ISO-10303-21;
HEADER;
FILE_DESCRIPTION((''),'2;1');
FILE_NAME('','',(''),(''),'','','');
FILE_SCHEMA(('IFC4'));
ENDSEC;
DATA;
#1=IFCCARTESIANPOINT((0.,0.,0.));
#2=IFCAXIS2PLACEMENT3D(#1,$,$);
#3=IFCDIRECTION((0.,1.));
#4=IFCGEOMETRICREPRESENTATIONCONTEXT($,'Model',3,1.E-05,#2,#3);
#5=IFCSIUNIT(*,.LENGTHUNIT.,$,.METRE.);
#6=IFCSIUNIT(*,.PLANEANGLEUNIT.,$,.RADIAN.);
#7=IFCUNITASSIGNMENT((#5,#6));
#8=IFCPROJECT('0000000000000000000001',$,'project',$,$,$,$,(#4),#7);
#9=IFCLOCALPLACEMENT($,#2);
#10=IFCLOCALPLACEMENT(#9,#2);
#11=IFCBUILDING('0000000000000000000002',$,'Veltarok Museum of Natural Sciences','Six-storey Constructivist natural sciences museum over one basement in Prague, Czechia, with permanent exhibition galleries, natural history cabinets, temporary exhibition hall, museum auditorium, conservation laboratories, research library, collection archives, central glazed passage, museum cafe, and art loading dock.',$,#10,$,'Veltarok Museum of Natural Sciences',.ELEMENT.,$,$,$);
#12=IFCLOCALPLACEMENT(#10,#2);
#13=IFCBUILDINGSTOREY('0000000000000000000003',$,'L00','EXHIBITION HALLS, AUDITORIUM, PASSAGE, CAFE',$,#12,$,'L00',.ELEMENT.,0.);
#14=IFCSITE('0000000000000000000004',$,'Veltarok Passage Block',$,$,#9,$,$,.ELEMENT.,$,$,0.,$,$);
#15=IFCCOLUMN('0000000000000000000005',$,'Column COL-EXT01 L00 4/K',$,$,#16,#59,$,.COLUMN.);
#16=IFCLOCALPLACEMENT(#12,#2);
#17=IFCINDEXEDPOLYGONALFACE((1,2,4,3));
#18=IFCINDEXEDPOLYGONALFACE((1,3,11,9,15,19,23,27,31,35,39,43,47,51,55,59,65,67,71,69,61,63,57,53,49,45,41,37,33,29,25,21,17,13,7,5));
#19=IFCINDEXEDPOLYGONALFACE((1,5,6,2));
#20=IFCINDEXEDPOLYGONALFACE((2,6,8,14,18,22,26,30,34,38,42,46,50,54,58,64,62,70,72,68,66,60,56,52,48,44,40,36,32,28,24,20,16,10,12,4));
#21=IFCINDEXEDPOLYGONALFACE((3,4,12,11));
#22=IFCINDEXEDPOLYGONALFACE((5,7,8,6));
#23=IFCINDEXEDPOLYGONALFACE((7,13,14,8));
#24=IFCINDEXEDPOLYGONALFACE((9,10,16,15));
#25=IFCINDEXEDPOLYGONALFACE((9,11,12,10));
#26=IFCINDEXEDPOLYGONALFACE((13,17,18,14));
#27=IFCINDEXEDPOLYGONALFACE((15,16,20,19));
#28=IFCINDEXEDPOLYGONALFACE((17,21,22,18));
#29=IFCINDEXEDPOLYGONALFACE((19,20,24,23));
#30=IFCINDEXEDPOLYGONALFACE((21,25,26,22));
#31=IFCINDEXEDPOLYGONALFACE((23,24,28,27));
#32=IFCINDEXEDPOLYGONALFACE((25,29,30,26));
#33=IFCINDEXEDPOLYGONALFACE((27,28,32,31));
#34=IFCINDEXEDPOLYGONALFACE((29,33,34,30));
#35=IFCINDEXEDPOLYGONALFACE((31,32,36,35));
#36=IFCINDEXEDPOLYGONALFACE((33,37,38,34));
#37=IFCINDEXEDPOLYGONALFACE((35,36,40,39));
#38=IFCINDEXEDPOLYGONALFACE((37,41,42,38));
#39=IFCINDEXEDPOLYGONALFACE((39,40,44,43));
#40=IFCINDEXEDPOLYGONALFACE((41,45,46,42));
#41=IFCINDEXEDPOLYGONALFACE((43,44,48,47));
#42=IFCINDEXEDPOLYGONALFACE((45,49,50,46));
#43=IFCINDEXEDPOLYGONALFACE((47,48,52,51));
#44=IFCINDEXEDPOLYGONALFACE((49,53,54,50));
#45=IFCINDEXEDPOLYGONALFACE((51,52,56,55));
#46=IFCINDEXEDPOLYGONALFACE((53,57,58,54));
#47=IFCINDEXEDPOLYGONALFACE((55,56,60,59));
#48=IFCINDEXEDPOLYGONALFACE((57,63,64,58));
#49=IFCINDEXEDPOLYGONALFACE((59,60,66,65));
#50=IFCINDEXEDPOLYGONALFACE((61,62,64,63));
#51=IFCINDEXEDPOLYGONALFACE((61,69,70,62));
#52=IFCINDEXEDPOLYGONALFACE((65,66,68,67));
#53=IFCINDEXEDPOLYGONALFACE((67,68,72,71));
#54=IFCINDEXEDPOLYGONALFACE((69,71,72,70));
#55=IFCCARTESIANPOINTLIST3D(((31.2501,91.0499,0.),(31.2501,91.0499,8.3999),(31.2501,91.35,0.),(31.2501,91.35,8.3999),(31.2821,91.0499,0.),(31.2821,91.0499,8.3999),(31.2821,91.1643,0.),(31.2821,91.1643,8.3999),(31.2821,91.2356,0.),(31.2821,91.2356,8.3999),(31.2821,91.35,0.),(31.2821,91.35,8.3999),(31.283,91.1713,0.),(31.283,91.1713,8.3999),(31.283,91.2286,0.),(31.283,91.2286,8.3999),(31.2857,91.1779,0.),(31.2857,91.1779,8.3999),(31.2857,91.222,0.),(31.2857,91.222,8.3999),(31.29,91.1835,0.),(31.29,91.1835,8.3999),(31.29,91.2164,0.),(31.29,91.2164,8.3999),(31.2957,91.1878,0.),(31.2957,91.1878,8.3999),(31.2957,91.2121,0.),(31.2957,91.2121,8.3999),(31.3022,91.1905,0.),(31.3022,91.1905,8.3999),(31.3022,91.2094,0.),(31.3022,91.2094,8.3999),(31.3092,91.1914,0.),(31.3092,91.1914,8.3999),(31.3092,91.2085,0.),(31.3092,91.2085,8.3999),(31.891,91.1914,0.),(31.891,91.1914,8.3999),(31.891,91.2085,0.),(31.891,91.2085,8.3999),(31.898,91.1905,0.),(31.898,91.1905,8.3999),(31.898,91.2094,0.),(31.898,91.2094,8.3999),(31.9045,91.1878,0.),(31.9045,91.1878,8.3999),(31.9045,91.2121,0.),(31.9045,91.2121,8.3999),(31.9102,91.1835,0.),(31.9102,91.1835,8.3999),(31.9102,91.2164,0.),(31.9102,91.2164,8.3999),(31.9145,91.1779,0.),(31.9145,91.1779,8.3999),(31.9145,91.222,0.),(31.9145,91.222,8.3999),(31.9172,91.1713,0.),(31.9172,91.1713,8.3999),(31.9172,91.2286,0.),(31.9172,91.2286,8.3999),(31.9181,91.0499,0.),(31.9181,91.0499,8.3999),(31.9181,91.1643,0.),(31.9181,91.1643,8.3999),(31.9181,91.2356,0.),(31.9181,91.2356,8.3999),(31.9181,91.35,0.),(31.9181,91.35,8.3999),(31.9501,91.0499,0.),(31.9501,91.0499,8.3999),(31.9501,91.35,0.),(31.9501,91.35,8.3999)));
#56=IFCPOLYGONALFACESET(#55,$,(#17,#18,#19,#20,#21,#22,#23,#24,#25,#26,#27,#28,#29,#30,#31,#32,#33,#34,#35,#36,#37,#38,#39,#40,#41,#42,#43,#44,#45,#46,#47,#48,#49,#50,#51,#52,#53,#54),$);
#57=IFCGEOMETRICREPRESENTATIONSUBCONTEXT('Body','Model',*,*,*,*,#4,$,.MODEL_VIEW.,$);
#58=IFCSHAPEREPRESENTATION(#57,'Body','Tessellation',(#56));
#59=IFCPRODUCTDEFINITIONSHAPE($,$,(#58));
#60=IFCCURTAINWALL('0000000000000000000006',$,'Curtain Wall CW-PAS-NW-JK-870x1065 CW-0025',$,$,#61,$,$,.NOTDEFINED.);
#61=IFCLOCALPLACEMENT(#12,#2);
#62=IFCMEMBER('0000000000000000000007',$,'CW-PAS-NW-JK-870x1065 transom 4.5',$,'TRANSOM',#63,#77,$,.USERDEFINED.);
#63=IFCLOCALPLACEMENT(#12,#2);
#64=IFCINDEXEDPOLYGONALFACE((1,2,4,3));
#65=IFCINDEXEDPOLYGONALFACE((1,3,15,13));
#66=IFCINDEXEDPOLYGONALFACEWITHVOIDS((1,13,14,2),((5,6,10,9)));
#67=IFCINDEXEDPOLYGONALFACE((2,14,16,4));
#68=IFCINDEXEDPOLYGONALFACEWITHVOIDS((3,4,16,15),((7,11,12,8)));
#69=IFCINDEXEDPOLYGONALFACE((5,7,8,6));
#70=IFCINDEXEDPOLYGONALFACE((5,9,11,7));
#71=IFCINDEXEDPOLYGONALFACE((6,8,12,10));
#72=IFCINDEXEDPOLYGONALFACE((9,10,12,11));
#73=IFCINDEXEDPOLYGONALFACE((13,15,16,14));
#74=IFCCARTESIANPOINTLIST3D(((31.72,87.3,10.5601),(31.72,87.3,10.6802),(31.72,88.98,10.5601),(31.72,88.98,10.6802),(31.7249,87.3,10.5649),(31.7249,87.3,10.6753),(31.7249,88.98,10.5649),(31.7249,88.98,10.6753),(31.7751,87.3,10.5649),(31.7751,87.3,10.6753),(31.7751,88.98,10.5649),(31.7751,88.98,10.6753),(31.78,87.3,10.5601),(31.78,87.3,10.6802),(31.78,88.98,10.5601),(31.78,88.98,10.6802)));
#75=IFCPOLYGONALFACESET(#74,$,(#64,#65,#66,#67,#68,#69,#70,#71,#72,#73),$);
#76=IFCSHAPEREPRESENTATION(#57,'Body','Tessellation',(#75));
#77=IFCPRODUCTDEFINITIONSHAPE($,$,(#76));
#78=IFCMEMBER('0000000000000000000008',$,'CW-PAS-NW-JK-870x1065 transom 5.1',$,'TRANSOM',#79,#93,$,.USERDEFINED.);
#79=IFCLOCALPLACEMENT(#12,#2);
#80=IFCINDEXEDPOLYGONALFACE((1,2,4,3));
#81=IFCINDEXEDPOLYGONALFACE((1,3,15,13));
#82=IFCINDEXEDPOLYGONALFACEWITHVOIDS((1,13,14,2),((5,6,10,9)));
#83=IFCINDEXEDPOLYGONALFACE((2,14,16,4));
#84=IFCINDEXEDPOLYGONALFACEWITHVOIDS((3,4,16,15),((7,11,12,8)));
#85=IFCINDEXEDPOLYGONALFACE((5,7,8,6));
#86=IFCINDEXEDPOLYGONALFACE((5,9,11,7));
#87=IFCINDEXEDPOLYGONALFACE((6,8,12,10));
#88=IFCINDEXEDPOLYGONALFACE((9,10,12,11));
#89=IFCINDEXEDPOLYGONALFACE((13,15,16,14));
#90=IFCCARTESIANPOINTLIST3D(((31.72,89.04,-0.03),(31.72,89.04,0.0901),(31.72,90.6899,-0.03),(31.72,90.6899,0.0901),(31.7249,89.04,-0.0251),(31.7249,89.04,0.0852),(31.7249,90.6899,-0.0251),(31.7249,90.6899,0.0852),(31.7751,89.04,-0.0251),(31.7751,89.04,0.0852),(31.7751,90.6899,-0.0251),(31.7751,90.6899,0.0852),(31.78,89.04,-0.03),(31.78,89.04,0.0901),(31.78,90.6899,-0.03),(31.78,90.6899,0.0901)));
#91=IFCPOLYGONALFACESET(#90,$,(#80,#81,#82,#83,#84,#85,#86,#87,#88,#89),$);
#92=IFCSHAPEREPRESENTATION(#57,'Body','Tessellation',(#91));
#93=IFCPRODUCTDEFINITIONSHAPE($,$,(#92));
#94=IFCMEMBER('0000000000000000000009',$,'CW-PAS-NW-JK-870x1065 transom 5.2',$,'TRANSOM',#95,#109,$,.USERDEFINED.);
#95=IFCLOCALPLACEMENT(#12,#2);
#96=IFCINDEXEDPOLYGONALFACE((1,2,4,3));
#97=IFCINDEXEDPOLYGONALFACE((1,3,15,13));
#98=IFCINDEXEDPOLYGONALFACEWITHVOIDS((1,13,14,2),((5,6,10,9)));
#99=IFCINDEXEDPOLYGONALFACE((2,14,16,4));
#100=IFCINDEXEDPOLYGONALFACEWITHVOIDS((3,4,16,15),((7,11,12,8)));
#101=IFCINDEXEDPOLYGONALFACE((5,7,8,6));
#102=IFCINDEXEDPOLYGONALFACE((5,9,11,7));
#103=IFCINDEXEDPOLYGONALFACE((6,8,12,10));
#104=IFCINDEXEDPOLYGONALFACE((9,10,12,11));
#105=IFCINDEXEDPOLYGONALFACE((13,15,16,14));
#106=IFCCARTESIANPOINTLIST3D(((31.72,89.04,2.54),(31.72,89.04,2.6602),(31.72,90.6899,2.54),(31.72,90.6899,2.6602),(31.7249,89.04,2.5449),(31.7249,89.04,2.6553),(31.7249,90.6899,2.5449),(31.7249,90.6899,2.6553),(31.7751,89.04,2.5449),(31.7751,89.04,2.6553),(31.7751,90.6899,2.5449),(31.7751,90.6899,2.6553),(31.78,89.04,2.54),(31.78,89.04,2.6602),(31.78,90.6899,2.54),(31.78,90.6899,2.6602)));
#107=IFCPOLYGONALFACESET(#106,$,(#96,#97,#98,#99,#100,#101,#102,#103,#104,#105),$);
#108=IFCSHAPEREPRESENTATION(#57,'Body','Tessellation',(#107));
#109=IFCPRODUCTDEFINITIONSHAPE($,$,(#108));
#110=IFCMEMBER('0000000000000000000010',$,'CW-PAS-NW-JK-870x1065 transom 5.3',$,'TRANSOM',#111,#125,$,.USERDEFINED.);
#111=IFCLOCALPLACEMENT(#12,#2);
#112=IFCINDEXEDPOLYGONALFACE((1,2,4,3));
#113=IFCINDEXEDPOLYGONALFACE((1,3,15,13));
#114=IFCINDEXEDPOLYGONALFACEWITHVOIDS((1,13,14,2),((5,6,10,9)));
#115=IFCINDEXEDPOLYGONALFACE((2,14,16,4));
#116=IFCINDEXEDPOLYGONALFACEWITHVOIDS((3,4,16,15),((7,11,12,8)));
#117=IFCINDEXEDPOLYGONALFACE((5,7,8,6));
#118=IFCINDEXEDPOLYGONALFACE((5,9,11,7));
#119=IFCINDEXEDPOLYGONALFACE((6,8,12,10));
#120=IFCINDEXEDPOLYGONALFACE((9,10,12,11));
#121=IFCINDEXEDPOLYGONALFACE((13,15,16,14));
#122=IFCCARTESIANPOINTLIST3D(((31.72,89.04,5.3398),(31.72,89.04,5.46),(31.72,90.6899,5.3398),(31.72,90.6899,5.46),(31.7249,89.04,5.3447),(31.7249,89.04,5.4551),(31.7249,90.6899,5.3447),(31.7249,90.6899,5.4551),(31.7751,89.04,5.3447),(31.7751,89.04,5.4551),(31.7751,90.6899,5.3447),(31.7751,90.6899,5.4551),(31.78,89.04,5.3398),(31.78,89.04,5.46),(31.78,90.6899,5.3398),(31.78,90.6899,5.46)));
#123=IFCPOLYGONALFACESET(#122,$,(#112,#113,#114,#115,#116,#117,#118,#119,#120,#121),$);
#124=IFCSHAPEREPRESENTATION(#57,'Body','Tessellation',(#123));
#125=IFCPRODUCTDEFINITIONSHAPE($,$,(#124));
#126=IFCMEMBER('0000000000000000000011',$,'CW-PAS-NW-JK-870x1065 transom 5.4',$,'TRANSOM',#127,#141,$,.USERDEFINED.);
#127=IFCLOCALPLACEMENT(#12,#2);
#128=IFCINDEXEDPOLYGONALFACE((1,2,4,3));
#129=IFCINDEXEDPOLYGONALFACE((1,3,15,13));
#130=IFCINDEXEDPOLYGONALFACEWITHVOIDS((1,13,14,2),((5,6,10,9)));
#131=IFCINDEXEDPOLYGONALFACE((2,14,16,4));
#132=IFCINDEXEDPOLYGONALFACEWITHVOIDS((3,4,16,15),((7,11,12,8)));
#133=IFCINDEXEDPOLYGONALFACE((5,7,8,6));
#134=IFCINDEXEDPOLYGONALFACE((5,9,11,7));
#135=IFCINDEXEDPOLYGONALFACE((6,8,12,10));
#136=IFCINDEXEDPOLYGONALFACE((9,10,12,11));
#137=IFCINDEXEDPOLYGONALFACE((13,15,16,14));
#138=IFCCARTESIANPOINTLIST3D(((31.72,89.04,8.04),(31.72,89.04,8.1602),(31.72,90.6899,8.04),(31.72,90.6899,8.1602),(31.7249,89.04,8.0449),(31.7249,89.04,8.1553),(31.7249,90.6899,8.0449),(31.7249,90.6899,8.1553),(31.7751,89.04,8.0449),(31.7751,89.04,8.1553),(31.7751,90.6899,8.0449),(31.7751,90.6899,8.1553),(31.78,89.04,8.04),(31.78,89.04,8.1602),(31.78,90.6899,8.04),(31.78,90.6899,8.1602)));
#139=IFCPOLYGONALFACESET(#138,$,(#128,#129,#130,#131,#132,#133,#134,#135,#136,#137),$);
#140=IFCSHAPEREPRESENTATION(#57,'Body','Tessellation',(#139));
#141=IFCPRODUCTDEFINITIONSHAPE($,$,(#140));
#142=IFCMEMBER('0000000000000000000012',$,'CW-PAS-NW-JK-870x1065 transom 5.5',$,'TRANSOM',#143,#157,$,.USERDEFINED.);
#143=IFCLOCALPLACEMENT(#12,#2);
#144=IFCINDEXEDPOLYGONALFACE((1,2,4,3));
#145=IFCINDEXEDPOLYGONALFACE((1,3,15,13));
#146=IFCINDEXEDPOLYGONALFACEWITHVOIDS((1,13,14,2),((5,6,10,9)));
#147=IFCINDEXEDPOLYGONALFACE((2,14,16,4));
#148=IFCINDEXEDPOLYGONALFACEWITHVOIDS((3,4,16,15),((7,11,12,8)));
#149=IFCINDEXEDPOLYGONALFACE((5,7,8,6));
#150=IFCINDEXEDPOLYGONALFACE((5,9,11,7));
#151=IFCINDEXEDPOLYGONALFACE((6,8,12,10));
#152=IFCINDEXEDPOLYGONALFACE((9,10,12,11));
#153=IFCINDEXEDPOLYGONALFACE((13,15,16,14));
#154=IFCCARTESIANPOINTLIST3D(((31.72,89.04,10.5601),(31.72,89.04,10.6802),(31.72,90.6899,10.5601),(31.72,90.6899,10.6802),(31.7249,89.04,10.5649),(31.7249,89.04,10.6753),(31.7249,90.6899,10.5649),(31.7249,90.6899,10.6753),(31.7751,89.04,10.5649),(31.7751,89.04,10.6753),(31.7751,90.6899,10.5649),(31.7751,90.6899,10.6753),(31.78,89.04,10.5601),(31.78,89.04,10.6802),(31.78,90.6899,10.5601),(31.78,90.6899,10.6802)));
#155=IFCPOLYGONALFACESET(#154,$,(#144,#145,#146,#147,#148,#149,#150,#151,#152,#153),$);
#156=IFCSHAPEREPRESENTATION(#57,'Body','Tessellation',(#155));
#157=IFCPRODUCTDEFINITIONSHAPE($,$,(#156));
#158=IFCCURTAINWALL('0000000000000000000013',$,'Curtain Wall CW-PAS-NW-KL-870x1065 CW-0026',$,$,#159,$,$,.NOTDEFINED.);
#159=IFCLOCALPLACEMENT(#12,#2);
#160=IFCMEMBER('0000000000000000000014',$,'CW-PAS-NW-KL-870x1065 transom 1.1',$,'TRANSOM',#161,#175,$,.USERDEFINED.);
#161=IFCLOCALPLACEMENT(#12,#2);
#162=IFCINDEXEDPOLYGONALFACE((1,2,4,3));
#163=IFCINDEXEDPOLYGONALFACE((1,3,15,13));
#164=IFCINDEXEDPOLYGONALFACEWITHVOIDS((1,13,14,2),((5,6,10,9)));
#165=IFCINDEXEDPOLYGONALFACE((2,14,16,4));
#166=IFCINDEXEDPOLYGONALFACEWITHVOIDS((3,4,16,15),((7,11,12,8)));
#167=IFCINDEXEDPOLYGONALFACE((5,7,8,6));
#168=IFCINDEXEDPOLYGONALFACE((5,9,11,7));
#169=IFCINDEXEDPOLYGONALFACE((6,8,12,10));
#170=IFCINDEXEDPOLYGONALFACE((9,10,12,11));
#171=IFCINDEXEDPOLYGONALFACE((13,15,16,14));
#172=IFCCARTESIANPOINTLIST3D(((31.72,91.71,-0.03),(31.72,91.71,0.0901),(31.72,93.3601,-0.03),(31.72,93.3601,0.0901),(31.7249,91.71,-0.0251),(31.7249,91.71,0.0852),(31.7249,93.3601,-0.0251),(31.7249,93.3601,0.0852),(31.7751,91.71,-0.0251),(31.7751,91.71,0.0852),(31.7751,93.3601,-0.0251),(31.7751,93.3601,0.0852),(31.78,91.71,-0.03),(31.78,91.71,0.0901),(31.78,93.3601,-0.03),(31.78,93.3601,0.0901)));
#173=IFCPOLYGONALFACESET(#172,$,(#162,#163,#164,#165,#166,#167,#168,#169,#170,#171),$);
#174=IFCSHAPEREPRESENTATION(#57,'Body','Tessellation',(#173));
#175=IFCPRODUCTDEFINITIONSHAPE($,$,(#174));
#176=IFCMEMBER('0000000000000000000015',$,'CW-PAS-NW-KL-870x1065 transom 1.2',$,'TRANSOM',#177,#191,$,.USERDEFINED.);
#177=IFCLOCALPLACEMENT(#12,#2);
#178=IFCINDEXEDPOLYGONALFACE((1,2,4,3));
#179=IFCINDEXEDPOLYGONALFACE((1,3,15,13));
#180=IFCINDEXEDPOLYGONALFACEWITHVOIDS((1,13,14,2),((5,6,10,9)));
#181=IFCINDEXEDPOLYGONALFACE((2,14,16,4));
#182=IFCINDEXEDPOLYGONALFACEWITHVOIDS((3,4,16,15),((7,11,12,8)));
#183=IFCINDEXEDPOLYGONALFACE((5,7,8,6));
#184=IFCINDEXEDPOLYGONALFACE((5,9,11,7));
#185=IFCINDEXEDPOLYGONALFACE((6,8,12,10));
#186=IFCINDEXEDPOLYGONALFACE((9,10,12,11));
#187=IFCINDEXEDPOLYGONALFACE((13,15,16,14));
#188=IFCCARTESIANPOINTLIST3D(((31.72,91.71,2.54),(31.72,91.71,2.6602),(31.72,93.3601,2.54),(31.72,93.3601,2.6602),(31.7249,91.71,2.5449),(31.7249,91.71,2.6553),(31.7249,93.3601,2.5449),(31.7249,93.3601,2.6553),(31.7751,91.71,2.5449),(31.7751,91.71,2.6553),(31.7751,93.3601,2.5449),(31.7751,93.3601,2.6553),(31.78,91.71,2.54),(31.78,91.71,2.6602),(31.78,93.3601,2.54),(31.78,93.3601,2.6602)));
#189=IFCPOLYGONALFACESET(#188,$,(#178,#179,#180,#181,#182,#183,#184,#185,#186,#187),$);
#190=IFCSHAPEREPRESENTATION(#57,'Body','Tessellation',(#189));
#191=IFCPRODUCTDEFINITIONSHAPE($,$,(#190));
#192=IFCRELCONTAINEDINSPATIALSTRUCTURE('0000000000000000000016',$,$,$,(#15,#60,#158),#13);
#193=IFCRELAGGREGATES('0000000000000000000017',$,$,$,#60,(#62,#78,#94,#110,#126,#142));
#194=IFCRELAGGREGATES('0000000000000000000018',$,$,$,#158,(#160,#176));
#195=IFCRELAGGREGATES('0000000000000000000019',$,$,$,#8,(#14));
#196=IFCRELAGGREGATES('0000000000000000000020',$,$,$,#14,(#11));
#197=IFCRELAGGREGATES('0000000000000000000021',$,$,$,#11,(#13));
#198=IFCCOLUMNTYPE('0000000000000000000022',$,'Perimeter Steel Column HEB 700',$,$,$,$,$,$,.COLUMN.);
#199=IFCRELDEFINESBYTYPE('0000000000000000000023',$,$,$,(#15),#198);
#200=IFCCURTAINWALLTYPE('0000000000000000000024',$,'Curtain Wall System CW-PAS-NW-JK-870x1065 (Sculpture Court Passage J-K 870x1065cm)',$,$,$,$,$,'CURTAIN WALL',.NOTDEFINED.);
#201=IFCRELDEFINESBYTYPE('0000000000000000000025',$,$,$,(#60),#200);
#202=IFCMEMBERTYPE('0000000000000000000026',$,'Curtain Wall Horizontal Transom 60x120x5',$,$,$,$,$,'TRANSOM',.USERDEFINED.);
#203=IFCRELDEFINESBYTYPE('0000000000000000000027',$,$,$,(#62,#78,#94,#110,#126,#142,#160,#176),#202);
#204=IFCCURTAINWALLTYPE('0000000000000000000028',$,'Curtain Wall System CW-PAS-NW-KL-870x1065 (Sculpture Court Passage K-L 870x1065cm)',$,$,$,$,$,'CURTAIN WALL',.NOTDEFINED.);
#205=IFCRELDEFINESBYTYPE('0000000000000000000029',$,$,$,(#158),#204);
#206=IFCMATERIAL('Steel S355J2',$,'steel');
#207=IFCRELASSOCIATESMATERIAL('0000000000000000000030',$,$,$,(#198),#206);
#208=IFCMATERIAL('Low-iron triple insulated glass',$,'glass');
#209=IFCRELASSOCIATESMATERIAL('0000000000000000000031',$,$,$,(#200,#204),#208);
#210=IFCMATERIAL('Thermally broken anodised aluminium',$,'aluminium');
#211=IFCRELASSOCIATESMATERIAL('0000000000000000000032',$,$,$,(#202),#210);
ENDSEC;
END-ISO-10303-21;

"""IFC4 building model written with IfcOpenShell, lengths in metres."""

from ifc_helpers import new_model, si_unit, direction, frame, origin, origin_2d, place, context, subcontext, project, spatial, hollow_rectangle, i_section, extrude, material, material_profile, profile_set, type_object, element, aggregate, save


model = new_model("IFC4")

# Units and contexts
model_context = context("Model", 3, precision=1e-05, world=origin(), true_north=direction((0.0, 1.0)))
body_context = subcontext(model_context, "Body", "Model", "MODEL_VIEW")
ifc_project = project(units=[si_unit("LENGTHUNIT", "METRE"), si_unit("PLANEANGLEUNIT", "RADIAN")], contexts=[model_context])

# Site, building, storey
site_placement = place(None, origin())
site = spatial("IfcSite", under=ifc_project, at=site_placement, Name="Veltarok Passage Block", CompositionType="ELEMENT", RefElevation=0.0)
building_placement = place(site_placement, origin())
building = spatial("IfcBuilding", under=site, at=building_placement, Name="Veltarok Museum of Natural Sciences", Description="Six-storey Constructivist natural sciences museum over one basement in Prague, Czechia, with permanent exhibition galleries, natural history cabinets, temporary exhibition hall, museum auditorium, conservation laboratories, research library, collection archives, central glazed passage, museum cafe, and art loading dock.", LongName="Veltarok Museum of Natural Sciences", CompositionType="ELEMENT")
storey_placement = place(building_placement, origin())
storey = spatial("IfcBuildingStorey", under=building, at=storey_placement, Name="L00", Description="EXHIBITION HALLS, AUDITORIUM, PASSAGE, CAFE", LongName="L00", CompositionType="ELEMENT", Elevation=0.0)

# Column
ifc_material_1 = material(Name="Steel S355J2", Category="steel")
ifc_material_profile_1 = material_profile(ifc_material_1, i_section(OverallWidth=0.3, OverallDepth=0.7, WebThickness=0.0171, FlangeThickness=0.032, FilletRadius=0.0271, at=origin_2d()), Name="HEB 700")
ifc_profile_set_1 = profile_set([ifc_material_profile_1], Name="Steel S355J2")
column_type = type_object("IfcColumnType", Name="Perimeter Steel Column HEB 700", PredefinedType="COLUMN", material=ifc_profile_set_1)
column_placement = place(storey_placement, frame((31.6001, 91.2, 0.0), z_axis=(0.0, 0.0, 1.0), x_axis=(0.0, 1.0, 0.0)))
element("IfcColumn", 1, at=column_placement, inside=storey, type_object=column_type, Name="Column COL-EXT01 L00 4/K", PredefinedType="COLUMN", context=body_context, shape_type="SweptSolid", body=[
    extrude(i_section(OverallWidth=0.3, OverallDepth=0.7, WebThickness=0.0171, FlangeThickness=0.032, FilletRadius=0.0271, at=origin_2d()), origin(), (0.0, 0.0, 1.0), 8.3999),
])

# Curtain walls, members
ifc_material_2 = material(Name="Low-iron triple insulated glass", Category="glass")
curtain_wall_type_1 = type_object("IfcCurtainWallType", Name="Curtain Wall System CW-PAS-NW-JK-870x1065 (Sculpture Court Passage J-K 870x1065cm)", ElementType="CURTAIN WALL", PredefinedType="NOTDEFINED", material=ifc_material_2)
curtain_wall_1_placement = place(storey_placement, origin())
curtain_wall_1 = element("IfcCurtainWall", 2, at=curtain_wall_1_placement, inside=storey, type_object=curtain_wall_type_1, Name="Curtain Wall CW-PAS-NW-JK-870x1065 CW-0025", PredefinedType="NOTDEFINED")
ifc_material_3 = material(Name="Thermally broken anodised aluminium", Category="aluminium")
ifc_material_profile_2 = material_profile(ifc_material_3, hollow_rectangle(XDim=0.0601, YDim=0.1201, WallThickness=0.0049, at=origin_2d()), Name="CW TRANSOM 60x120x5")
ifc_profile_set_2 = profile_set([ifc_material_profile_2], Name="Thermally broken anodised aluminium")
member_type_1 = type_object("IfcMemberType", Name="Curtain Wall Horizontal Transom 60x120x5", ElementType="TRANSOM", PredefinedType="USERDEFINED", material=ifc_profile_set_2)
member_1_placement = place(storey_placement, frame((31.75, 87.3, 10.6201), z_axis=(0.0, 1.0, 0.0), x_axis=(-1.0, 0.0, 0.0)))
member_1 = element("IfcMember", 3, at=member_1_placement, type_object=member_type_1, Name="CW-PAS-NW-JK-870x1065 transom 4.5", ObjectType="TRANSOM", PredefinedType="USERDEFINED", context=body_context, shape_type="SweptSolid", body=[
    extrude(hollow_rectangle(XDim=0.0601, YDim=0.1201, WallThickness=0.0049, at=origin_2d()), origin(), (0.0, 0.0, 1.0), 1.6799),
])
member_2_placement = place(storey_placement, frame((31.75, 89.04, 0.03), z_axis=(0.0, 1.0, 0.0), x_axis=(-1.0, 0.0, 0.0)))
member_2 = element("IfcMember", 4, at=member_2_placement, type_object=member_type_1, Name="CW-PAS-NW-JK-870x1065 transom 5.1", ObjectType="TRANSOM", PredefinedType="USERDEFINED", context=body_context, shape_type="SweptSolid", body=[
    extrude(hollow_rectangle(XDim=0.0601, YDim=0.1201, WallThickness=0.0049, at=origin_2d()), origin(), (0.0, 0.0, 1.0), 1.6499),
])
member_3_placement = place(storey_placement, frame((31.75, 89.04, 2.6001), z_axis=(0.0, 1.0, 0.0), x_axis=(-1.0, 0.0, 0.0)))
member_3 = element("IfcMember", 5, at=member_3_placement, type_object=member_type_1, Name="CW-PAS-NW-JK-870x1065 transom 5.2", ObjectType="TRANSOM", PredefinedType="USERDEFINED", context=body_context, shape_type="SweptSolid", body=[
    extrude(hollow_rectangle(XDim=0.0601, YDim=0.1201, WallThickness=0.0049, at=origin_2d()), origin(), (0.0, 0.0, 1.0), 1.6499),
])
member_4_placement = place(storey_placement, frame((31.75, 89.04, 5.3999), z_axis=(0.0, 1.0, 0.0), x_axis=(-1.0, 0.0, 0.0)))
member_4 = element("IfcMember", 6, at=member_4_placement, type_object=member_type_1, Name="CW-PAS-NW-JK-870x1065 transom 5.3", ObjectType="TRANSOM", PredefinedType="USERDEFINED", context=body_context, shape_type="SweptSolid", body=[
    extrude(hollow_rectangle(XDim=0.0601, YDim=0.1201, WallThickness=0.0049, at=origin_2d()), origin(), (0.0, 0.0, 1.0), 1.6499),
])
member_5_placement = place(storey_placement, frame((31.75, 89.04, 8.1001), z_axis=(0.0, 1.0, 0.0), x_axis=(-1.0, 0.0, 0.0)))
member_5 = element("IfcMember", 7, at=member_5_placement, type_object=member_type_1, Name="CW-PAS-NW-JK-870x1065 transom 5.4", ObjectType="TRANSOM", PredefinedType="USERDEFINED", context=body_context, shape_type="SweptSolid", body=[
    extrude(hollow_rectangle(XDim=0.0601, YDim=0.1201, WallThickness=0.0049, at=origin_2d()), origin(), (0.0, 0.0, 1.0), 1.6499),
])
member_6_placement = place(storey_placement, frame((31.75, 89.04, 10.6201), z_axis=(0.0, 1.0, 0.0), x_axis=(-1.0, 0.0, 0.0)))
member_6 = element("IfcMember", 8, at=member_6_placement, type_object=member_type_1, Name="CW-PAS-NW-JK-870x1065 transom 5.5", ObjectType="TRANSOM", PredefinedType="USERDEFINED", context=body_context, shape_type="SweptSolid", body=[
    extrude(hollow_rectangle(XDim=0.0601, YDim=0.1201, WallThickness=0.0049, at=origin_2d()), origin(), (0.0, 0.0, 1.0), 1.6499),
])
curtain_wall_type_2 = type_object("IfcCurtainWallType", Name="Curtain Wall System CW-PAS-NW-KL-870x1065 (Sculpture Court Passage K-L 870x1065cm)", ElementType="CURTAIN WALL", PredefinedType="NOTDEFINED", material=ifc_material_2)
curtain_wall_2_placement = place(storey_placement, origin())
curtain_wall_2 = element("IfcCurtainWall", 9, at=curtain_wall_2_placement, inside=storey, type_object=curtain_wall_type_2, Name="Curtain Wall CW-PAS-NW-KL-870x1065 CW-0026", PredefinedType="NOTDEFINED")
member_7_placement = place(storey_placement, frame((31.75, 91.71, 0.03), z_axis=(0.0, 1.0, 0.0), x_axis=(-1.0, 0.0, 0.0)))
member_7 = element("IfcMember", 10, at=member_7_placement, type_object=member_type_1, Name="CW-PAS-NW-KL-870x1065 transom 1.1", ObjectType="TRANSOM", PredefinedType="USERDEFINED", context=body_context, shape_type="SweptSolid", body=[
    extrude(hollow_rectangle(XDim=0.0601, YDim=0.1201, WallThickness=0.0049, at=origin_2d()), origin(), (0.0, 0.0, 1.0), 1.6501),
])
member_8_placement = place(storey_placement, frame((31.75, 91.71, 2.6001), z_axis=(0.0, 1.0, 0.0), x_axis=(-1.0, 0.0, 0.0)))
member_8 = element("IfcMember", 11, at=member_8_placement, type_object=member_type_1, Name="CW-PAS-NW-KL-870x1065 transom 1.2", ObjectType="TRANSOM", PredefinedType="USERDEFINED", context=body_context, shape_type="SweptSolid", body=[
    extrude(hollow_rectangle(XDim=0.0601, YDim=0.1201, WallThickness=0.0049, at=origin_2d()), origin(), (0.0, 0.0, 1.0), 1.6501),
])

aggregate(curtain_wall_1, [member_1, member_2, member_3, member_4, member_5, member_6])
aggregate(curtain_wall_2, [member_7, member_8])

save(model, "model.ifc")
